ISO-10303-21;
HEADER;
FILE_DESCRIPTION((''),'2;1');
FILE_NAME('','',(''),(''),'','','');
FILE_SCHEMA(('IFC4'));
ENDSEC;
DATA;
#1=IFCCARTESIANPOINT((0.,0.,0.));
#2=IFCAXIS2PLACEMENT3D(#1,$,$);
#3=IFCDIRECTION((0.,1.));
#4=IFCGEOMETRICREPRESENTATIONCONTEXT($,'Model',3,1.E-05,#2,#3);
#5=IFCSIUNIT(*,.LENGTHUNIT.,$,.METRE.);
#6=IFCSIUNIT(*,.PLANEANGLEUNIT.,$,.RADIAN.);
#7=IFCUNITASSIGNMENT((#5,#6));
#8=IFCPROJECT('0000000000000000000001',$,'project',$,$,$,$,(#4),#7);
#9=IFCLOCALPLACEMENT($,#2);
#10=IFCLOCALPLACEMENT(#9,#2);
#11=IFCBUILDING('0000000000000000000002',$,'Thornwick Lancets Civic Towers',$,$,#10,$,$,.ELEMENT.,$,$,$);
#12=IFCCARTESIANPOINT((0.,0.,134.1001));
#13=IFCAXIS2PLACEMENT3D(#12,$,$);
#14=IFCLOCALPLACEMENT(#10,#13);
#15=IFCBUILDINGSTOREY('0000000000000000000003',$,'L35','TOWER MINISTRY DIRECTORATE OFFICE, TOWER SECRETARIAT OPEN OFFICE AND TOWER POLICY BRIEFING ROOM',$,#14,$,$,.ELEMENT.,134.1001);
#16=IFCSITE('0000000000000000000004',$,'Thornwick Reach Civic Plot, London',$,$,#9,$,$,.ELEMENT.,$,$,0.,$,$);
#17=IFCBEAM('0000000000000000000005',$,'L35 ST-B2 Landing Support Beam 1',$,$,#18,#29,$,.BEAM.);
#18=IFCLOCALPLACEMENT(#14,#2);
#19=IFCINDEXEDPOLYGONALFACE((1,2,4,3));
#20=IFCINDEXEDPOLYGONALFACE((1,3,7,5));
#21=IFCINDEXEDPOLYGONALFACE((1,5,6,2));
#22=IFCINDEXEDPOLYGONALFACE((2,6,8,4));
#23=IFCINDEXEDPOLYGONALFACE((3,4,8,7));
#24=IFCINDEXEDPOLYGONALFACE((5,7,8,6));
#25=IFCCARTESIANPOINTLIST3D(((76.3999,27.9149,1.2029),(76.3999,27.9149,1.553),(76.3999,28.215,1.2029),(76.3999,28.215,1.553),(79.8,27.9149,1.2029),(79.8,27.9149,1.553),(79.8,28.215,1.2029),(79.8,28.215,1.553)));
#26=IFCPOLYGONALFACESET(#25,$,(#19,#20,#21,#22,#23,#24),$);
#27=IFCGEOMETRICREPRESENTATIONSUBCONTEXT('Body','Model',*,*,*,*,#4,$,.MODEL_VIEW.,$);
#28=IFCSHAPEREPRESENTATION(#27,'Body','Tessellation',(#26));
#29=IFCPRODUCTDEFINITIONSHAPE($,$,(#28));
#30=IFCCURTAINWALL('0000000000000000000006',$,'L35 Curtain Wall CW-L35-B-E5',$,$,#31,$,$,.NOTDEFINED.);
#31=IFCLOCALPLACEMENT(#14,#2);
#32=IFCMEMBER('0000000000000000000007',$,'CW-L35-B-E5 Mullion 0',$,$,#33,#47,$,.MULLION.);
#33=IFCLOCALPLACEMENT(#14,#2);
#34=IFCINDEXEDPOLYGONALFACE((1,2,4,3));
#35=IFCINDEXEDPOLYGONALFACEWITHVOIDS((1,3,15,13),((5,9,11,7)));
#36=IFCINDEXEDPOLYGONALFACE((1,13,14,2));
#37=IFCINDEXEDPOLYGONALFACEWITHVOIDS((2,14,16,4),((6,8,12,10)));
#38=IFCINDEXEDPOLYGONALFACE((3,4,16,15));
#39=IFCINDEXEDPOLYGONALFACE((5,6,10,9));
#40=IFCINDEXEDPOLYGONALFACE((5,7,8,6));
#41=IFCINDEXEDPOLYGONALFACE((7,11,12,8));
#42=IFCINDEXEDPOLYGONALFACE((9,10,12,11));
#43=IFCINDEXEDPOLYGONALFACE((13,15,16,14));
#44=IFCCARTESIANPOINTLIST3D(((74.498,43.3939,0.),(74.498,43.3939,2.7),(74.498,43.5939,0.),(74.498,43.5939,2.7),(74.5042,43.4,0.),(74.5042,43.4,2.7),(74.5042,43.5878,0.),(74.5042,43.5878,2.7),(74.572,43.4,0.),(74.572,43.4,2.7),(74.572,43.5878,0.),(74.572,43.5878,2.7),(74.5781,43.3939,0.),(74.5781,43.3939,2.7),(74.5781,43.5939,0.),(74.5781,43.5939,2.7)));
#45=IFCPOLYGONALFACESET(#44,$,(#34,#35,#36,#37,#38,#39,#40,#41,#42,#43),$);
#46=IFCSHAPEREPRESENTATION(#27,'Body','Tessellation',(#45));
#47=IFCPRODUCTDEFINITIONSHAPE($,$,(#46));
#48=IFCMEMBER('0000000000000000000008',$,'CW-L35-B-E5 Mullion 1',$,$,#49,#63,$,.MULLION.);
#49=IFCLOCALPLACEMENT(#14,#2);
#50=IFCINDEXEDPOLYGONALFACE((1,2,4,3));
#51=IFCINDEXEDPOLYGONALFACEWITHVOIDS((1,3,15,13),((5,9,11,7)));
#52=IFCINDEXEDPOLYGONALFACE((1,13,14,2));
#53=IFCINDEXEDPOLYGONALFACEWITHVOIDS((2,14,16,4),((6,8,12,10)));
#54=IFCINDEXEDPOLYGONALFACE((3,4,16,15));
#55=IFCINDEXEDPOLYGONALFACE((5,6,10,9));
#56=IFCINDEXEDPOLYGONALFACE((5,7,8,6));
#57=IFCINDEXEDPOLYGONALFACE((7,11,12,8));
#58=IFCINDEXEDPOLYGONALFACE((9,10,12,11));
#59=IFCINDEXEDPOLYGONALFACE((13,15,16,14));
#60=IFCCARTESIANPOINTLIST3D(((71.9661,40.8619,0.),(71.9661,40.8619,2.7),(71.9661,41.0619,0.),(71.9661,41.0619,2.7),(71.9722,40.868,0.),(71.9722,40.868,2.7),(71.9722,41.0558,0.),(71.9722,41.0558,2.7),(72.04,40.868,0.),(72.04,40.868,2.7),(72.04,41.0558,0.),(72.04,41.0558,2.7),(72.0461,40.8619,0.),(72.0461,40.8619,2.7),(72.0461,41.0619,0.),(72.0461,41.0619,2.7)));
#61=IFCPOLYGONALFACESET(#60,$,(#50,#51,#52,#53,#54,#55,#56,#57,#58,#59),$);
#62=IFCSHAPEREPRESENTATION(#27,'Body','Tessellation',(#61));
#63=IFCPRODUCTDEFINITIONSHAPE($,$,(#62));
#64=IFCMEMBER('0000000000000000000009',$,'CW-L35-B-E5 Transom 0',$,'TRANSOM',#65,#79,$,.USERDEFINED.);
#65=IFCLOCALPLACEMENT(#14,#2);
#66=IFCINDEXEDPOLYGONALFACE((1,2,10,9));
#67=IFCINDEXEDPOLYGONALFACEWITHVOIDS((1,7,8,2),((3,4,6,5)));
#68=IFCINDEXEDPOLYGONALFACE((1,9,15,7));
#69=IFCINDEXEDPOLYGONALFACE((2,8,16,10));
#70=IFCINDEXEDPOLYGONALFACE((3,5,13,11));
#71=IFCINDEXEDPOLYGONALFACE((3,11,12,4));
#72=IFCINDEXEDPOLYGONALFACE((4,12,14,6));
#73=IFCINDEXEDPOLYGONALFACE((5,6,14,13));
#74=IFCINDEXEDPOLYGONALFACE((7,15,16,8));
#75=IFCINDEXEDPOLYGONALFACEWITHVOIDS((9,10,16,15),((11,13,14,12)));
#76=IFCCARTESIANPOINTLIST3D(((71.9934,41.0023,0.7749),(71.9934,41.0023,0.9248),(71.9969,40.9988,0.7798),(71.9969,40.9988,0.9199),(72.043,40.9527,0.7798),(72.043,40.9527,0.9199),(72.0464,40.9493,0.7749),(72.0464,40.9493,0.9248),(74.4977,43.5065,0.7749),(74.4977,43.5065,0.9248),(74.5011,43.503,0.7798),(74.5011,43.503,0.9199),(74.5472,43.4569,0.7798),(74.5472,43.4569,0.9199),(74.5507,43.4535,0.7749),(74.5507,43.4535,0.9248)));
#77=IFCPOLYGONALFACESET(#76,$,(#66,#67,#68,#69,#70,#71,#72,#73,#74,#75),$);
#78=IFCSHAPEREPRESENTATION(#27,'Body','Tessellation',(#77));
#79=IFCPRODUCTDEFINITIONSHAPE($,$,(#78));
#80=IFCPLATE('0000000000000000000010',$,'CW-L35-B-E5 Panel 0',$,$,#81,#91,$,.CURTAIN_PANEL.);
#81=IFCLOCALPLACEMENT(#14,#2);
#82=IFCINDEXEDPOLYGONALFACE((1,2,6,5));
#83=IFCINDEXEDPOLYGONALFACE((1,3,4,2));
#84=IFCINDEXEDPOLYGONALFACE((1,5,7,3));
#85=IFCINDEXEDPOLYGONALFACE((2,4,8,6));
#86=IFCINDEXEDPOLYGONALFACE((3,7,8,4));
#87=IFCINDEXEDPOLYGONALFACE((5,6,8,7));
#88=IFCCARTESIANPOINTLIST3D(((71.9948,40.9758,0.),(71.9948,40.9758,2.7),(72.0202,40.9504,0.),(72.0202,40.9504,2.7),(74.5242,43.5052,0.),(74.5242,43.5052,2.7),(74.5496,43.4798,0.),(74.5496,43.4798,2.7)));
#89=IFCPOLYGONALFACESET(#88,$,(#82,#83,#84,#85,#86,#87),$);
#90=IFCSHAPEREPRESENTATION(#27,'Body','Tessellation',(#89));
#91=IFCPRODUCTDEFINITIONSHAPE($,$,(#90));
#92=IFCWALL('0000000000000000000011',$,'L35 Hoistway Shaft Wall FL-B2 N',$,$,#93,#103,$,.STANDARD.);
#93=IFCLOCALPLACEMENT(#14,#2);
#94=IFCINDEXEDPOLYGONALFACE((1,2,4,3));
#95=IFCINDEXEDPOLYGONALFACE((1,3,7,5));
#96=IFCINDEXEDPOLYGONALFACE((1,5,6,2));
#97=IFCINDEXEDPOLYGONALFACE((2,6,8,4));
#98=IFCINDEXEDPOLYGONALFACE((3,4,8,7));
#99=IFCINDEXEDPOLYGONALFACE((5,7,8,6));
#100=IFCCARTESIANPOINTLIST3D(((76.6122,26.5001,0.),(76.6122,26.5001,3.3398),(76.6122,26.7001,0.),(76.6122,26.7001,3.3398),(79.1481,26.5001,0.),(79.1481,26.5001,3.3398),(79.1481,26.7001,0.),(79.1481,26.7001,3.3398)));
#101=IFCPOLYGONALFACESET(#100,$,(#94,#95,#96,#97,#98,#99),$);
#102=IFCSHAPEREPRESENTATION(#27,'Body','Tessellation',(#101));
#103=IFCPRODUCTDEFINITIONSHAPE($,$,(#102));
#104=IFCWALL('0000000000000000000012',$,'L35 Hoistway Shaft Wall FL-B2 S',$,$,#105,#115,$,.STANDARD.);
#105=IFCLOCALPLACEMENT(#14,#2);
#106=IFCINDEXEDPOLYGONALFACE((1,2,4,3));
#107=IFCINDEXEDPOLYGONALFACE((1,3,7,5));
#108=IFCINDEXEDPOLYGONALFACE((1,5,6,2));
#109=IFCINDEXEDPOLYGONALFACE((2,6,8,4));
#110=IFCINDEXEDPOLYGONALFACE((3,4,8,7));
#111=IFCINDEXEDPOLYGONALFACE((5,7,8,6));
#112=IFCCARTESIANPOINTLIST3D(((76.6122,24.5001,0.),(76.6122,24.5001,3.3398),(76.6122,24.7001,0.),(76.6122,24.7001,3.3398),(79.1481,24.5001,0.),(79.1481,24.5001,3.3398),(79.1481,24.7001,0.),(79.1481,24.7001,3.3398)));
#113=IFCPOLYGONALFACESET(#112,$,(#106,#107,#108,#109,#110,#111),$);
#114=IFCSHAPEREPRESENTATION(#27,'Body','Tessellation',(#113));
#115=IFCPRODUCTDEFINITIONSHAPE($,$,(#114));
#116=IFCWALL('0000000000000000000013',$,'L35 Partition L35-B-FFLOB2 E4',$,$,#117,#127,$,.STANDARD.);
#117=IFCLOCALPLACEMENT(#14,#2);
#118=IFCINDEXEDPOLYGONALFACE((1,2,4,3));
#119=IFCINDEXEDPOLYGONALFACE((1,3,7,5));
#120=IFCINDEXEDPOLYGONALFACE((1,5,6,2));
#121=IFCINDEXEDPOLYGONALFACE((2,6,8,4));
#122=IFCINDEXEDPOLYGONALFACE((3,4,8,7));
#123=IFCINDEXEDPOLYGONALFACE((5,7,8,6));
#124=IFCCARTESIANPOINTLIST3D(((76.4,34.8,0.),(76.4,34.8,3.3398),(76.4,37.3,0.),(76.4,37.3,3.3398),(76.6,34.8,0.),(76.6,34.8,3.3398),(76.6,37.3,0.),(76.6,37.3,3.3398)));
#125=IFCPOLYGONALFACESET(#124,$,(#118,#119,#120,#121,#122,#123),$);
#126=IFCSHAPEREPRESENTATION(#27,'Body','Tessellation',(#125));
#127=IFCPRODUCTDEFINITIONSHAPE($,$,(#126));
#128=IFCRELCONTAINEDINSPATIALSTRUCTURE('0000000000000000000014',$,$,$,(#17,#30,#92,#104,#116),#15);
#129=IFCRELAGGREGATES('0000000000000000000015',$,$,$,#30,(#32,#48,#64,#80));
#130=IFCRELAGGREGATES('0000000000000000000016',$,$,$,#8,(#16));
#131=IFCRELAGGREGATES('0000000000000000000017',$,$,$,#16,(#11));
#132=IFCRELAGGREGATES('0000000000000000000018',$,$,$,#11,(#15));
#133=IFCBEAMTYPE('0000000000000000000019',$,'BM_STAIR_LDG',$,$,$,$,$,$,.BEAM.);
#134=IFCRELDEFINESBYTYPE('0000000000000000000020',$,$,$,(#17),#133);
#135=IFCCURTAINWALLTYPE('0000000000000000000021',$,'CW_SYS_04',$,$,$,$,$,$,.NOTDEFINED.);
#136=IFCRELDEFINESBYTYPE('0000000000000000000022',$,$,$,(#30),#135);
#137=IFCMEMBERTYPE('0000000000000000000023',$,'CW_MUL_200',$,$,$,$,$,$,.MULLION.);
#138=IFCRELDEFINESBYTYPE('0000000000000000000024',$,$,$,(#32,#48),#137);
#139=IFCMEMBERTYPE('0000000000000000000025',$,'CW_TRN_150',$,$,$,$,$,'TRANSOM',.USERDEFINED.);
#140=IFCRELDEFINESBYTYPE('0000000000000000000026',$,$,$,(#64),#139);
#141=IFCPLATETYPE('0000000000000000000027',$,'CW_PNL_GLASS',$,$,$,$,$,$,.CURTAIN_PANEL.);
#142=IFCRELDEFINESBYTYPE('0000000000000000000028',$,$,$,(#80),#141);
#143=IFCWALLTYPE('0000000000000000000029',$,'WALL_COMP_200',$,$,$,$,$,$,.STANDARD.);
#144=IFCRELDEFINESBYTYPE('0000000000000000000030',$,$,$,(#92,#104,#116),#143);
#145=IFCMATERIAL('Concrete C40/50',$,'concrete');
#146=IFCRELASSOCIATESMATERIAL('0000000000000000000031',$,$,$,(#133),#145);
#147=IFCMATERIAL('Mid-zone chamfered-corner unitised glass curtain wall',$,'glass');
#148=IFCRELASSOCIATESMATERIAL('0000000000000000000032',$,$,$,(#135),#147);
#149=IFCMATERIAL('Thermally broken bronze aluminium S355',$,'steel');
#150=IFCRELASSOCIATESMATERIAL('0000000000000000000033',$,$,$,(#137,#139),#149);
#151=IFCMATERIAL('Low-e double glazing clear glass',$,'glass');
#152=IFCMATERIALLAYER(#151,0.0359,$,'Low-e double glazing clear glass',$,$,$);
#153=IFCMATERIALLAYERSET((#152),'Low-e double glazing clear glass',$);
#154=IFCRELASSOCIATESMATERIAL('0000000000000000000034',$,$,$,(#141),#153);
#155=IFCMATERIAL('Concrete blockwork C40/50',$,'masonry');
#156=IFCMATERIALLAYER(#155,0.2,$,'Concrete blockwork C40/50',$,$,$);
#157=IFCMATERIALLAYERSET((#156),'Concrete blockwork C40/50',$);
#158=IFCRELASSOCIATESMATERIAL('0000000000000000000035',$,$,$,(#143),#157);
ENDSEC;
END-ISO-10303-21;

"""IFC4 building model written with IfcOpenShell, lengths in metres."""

from ifc_helpers import new_model, si_unit, direction, frame, frame_2d, origin, origin_2d, place, context, subcontext, project, spatial, rectangle, hollow_rectangle, extrude, material, layer, layer_set, material_profile, profile_set, type_object, element, aggregate, save


model = new_model("IFC4")

# Units and contexts
model_context = context("Model", 3, precision=1e-05, world=origin(), true_north=direction((0.0, 1.0)))
body_context = subcontext(model_context, "Body", "Model", "MODEL_VIEW")
ifc_project = project(units=[si_unit("LENGTHUNIT", "METRE"), si_unit("PLANEANGLEUNIT", "RADIAN")], contexts=[model_context])

# Site, building, storey
site_placement = place(None, origin())
site = spatial("IfcSite", under=ifc_project, at=site_placement, Name="Thornwick Reach Civic Plot, London", CompositionType="ELEMENT", RefElevation=0.0)
building_placement = place(site_placement, origin())
building = spatial("IfcBuilding", under=site, at=building_placement, Name="Thornwick Lancets Civic Towers", CompositionType="ELEMENT")
storey_placement = place(building_placement, frame((0.0, 0.0, 134.1001)))
storey = spatial("IfcBuildingStorey", under=building, at=storey_placement, Name="L35", Description="TOWER MINISTRY DIRECTORATE OFFICE, TOWER SECRETARIAT OPEN OFFICE AND TOWER POLICY BRIEFING ROOM", CompositionType="ELEMENT", Elevation=134.1001)

# Beam
ifc_material_1 = material(Name="Concrete C40/50", Category="concrete")
ifc_material_profile_1 = material_profile(ifc_material_1, rectangle(XDim=0.3, YDim=0.3501, at=origin_2d()), Name="RC 300x350")
ifc_profile_set_1 = profile_set([ifc_material_profile_1], Name="Concrete C40/50")
beam_type_1 = type_object("IfcBeamType", Name="BM_STAIR_LDG", PredefinedType="BEAM", material=ifc_profile_set_1)
beam_1_placement = place(storey_placement, frame((76.3999, 28.0649, 1.3779), z_axis=(1.0, 0.0, 0.0), x_axis=(0.0, 1.0, 0.0)))
element("IfcBeam", 1, at=beam_1_placement, inside=storey, type_object=beam_type_1, Name="L35 ST-B2 Landing Support Beam 1", PredefinedType="BEAM", context=body_context, shape_type="SweptSolid", body=[
    extrude(rectangle(XDim=0.3, YDim=0.3501, at=origin_2d()), origin(), (0.0, 0.0, 1.0), 3.4001),
])

# Curtain wall, members, plate
ifc_material_2 = material(Name="Mid-zone chamfered-corner unitised glass curtain wall", Category="glass")
curtain_wall_type = type_object("IfcCurtainWallType", Name="CW_SYS_04", PredefinedType="NOTDEFINED", material=ifc_material_2)
curtain_wall_placement = place(storey_placement, origin())
curtain_wall = element("IfcCurtainWall", 2, at=curtain_wall_placement, inside=storey, type_object=curtain_wall_type, Name="L35 Curtain Wall CW-L35-B-E5", PredefinedType="NOTDEFINED")
ifc_material_3 = material(Name="Thermally broken bronze aluminium S355", Category="steel")
ifc_material_profile_2 = material_profile(ifc_material_3, hollow_rectangle(XDim=0.0801, YDim=0.2, WallThickness=0.0061, at=origin_2d()), Name="RHS 200x80x6")
ifc_profile_set_2 = profile_set([ifc_material_profile_2], Name="Thermally broken bronze aluminium S355")
member_type_1 = type_object("IfcMemberType", Name="CW_MUL_200", PredefinedType="MULLION", material=ifc_profile_set_2)
member_1_placement = place(storey_placement, frame((74.5381, 43.4939, 0.0), z_axis=(0.0, 0.0, 1.0), x_axis=(1.0, 0.0, 0.0)))
member_1 = element("IfcMember", 3, at=member_1_placement, type_object=member_type_1, Name="CW-L35-B-E5 Mullion 0", PredefinedType="MULLION", context=body_context, shape_type="SweptSolid", body=[
    extrude(hollow_rectangle(XDim=0.0801, YDim=0.2, WallThickness=0.0061, at=origin_2d()), origin(), (0.0, 0.0, 1.0), 2.7),
])
member_2_placement = place(storey_placement, frame((72.0061, 40.9619, 0.0), z_axis=(0.0, 0.0, 1.0), x_axis=(1.0, 0.0, 0.0)))
member_2 = element("IfcMember", 4, at=member_2_placement, type_object=member_type_1, Name="CW-L35-B-E5 Mullion 1", PredefinedType="MULLION", context=body_context, shape_type="SweptSolid", body=[
    extrude(hollow_rectangle(XDim=0.0801, YDim=0.2, WallThickness=0.0061, at=origin_2d()), origin(), (0.0, 0.0, 1.0), 2.7),
])
ifc_material_profile_3 = material_profile(ifc_material_3, hollow_rectangle(XDim=0.075, YDim=0.1499, WallThickness=0.0049, at=origin_2d()), Name="RHS 150x75x5")
ifc_profile_set_3 = profile_set([ifc_material_profile_3], Name="Thermally broken bronze aluminium S355")
member_type_2 = type_object("IfcMemberType", Name="CW_TRN_150", ElementType="TRANSOM", PredefinedType="USERDEFINED", material=ifc_profile_set_3)
member_3_placement = place(storey_placement, frame((74.5242, 43.48, 0.8499), z_axis=(-0.707107, -0.707107, 0.0), x_axis=(0.707107, -0.707107, 0.0)))
member_3 = element("IfcMember", 5, at=member_3_placement, type_object=member_type_2, Name="CW-L35-B-E5 Transom 0", ObjectType="TRANSOM", PredefinedType="USERDEFINED", context=body_context, shape_type="SweptSolid", body=[
    extrude(hollow_rectangle(XDim=0.075, YDim=0.1499, WallThickness=0.0049, at=origin_2d()), origin(), (0.0, 0.0, 1.0), 3.5415),
])
ifc_material_4 = material(Name="Low-e double glazing clear glass", Category="glass")
ifc_layer_1 = layer(ifc_material_4, 0.0359, Name="Low-e double glazing clear glass")
ifc_layer_set_1 = layer_set([ifc_layer_1], Name="Low-e double glazing clear glass")
plate_type = type_object("IfcPlateType", Name="CW_PNL_GLASS", PredefinedType="CURTAIN_PANEL", material=ifc_layer_set_1)
plate_placement = place(storey_placement, frame((73.2722, 42.2278, 0.0), z_axis=(0.0, 0.0, 1.0), x_axis=(-0.707107, -0.707107, 0.0)))
plate = element("IfcPlate", 6, at=plate_placement, type_object=plate_type, Name="CW-L35-B-E5 Panel 0", PredefinedType="CURTAIN_PANEL", context=body_context, shape_type="SweptSolid", body=[
    extrude(rectangle(XDim=3.5771, YDim=0.0359, at=origin_2d()), origin(), (0.0, 0.0, 1.0), 2.7),
])
aggregate(curtain_wall, [member_1, member_2, member_3, plate])

# Walls
ifc_material_5 = material(Name="Concrete blockwork C40/50", Category="masonry")
ifc_layer_2 = layer(ifc_material_5, 0.2, Name="Concrete blockwork C40/50")
ifc_layer_set_2 = layer_set([ifc_layer_2], Name="Concrete blockwork C40/50")
wall_type_1 = type_object("IfcWallType", Name="WALL_COMP_200", PredefinedType="STANDARD", material=ifc_layer_set_2)
for number, where, z_axis, x_axis, name in (
    (7, (76.6121, 26.6001, 0.0), (0.0, 0.0, 1.0), (1.0, 0.0, 0.0), "L35 Hoistway Shaft Wall FL-B2 N"),
    (8, (76.6121, 24.6001, 0.0), (0.0, 0.0, 1.0), (1.0, 0.0, 0.0), "L35 Hoistway Shaft Wall FL-B2 S"),
):
    element("IfcWall", number, at=place(storey_placement, frame(where, z_axis=z_axis, x_axis=x_axis)), inside=storey, type_object=wall_type_1, Name=name, PredefinedType="STANDARD", context=body_context, shape_type="SweptSolid", body=[
        extrude(rectangle(XDim=2.5359, YDim=0.2, at=frame_2d((1.2681, 0.0))), origin(), (0.0, 0.0, 1.0), 3.3398),
    ])
wall_1_placement = place(storey_placement, frame((76.5, 37.3, 0.0), z_axis=(0.0, 0.0, 1.0), x_axis=(0.0, -1.0, 0.0)))
element("IfcWall", 9, at=wall_1_placement, inside=storey, type_object=wall_type_1, Name="L35 Partition L35-B-FFLOB2 E4", PredefinedType="STANDARD", context=body_context, shape_type="SweptSolid", body=[
    extrude(rectangle(XDim=2.5, YDim=0.2, at=frame_2d((1.25, 0.0))), origin(), (0.0, 0.0, 1.0), 3.3398),
])

save(model, "model.ifc")
